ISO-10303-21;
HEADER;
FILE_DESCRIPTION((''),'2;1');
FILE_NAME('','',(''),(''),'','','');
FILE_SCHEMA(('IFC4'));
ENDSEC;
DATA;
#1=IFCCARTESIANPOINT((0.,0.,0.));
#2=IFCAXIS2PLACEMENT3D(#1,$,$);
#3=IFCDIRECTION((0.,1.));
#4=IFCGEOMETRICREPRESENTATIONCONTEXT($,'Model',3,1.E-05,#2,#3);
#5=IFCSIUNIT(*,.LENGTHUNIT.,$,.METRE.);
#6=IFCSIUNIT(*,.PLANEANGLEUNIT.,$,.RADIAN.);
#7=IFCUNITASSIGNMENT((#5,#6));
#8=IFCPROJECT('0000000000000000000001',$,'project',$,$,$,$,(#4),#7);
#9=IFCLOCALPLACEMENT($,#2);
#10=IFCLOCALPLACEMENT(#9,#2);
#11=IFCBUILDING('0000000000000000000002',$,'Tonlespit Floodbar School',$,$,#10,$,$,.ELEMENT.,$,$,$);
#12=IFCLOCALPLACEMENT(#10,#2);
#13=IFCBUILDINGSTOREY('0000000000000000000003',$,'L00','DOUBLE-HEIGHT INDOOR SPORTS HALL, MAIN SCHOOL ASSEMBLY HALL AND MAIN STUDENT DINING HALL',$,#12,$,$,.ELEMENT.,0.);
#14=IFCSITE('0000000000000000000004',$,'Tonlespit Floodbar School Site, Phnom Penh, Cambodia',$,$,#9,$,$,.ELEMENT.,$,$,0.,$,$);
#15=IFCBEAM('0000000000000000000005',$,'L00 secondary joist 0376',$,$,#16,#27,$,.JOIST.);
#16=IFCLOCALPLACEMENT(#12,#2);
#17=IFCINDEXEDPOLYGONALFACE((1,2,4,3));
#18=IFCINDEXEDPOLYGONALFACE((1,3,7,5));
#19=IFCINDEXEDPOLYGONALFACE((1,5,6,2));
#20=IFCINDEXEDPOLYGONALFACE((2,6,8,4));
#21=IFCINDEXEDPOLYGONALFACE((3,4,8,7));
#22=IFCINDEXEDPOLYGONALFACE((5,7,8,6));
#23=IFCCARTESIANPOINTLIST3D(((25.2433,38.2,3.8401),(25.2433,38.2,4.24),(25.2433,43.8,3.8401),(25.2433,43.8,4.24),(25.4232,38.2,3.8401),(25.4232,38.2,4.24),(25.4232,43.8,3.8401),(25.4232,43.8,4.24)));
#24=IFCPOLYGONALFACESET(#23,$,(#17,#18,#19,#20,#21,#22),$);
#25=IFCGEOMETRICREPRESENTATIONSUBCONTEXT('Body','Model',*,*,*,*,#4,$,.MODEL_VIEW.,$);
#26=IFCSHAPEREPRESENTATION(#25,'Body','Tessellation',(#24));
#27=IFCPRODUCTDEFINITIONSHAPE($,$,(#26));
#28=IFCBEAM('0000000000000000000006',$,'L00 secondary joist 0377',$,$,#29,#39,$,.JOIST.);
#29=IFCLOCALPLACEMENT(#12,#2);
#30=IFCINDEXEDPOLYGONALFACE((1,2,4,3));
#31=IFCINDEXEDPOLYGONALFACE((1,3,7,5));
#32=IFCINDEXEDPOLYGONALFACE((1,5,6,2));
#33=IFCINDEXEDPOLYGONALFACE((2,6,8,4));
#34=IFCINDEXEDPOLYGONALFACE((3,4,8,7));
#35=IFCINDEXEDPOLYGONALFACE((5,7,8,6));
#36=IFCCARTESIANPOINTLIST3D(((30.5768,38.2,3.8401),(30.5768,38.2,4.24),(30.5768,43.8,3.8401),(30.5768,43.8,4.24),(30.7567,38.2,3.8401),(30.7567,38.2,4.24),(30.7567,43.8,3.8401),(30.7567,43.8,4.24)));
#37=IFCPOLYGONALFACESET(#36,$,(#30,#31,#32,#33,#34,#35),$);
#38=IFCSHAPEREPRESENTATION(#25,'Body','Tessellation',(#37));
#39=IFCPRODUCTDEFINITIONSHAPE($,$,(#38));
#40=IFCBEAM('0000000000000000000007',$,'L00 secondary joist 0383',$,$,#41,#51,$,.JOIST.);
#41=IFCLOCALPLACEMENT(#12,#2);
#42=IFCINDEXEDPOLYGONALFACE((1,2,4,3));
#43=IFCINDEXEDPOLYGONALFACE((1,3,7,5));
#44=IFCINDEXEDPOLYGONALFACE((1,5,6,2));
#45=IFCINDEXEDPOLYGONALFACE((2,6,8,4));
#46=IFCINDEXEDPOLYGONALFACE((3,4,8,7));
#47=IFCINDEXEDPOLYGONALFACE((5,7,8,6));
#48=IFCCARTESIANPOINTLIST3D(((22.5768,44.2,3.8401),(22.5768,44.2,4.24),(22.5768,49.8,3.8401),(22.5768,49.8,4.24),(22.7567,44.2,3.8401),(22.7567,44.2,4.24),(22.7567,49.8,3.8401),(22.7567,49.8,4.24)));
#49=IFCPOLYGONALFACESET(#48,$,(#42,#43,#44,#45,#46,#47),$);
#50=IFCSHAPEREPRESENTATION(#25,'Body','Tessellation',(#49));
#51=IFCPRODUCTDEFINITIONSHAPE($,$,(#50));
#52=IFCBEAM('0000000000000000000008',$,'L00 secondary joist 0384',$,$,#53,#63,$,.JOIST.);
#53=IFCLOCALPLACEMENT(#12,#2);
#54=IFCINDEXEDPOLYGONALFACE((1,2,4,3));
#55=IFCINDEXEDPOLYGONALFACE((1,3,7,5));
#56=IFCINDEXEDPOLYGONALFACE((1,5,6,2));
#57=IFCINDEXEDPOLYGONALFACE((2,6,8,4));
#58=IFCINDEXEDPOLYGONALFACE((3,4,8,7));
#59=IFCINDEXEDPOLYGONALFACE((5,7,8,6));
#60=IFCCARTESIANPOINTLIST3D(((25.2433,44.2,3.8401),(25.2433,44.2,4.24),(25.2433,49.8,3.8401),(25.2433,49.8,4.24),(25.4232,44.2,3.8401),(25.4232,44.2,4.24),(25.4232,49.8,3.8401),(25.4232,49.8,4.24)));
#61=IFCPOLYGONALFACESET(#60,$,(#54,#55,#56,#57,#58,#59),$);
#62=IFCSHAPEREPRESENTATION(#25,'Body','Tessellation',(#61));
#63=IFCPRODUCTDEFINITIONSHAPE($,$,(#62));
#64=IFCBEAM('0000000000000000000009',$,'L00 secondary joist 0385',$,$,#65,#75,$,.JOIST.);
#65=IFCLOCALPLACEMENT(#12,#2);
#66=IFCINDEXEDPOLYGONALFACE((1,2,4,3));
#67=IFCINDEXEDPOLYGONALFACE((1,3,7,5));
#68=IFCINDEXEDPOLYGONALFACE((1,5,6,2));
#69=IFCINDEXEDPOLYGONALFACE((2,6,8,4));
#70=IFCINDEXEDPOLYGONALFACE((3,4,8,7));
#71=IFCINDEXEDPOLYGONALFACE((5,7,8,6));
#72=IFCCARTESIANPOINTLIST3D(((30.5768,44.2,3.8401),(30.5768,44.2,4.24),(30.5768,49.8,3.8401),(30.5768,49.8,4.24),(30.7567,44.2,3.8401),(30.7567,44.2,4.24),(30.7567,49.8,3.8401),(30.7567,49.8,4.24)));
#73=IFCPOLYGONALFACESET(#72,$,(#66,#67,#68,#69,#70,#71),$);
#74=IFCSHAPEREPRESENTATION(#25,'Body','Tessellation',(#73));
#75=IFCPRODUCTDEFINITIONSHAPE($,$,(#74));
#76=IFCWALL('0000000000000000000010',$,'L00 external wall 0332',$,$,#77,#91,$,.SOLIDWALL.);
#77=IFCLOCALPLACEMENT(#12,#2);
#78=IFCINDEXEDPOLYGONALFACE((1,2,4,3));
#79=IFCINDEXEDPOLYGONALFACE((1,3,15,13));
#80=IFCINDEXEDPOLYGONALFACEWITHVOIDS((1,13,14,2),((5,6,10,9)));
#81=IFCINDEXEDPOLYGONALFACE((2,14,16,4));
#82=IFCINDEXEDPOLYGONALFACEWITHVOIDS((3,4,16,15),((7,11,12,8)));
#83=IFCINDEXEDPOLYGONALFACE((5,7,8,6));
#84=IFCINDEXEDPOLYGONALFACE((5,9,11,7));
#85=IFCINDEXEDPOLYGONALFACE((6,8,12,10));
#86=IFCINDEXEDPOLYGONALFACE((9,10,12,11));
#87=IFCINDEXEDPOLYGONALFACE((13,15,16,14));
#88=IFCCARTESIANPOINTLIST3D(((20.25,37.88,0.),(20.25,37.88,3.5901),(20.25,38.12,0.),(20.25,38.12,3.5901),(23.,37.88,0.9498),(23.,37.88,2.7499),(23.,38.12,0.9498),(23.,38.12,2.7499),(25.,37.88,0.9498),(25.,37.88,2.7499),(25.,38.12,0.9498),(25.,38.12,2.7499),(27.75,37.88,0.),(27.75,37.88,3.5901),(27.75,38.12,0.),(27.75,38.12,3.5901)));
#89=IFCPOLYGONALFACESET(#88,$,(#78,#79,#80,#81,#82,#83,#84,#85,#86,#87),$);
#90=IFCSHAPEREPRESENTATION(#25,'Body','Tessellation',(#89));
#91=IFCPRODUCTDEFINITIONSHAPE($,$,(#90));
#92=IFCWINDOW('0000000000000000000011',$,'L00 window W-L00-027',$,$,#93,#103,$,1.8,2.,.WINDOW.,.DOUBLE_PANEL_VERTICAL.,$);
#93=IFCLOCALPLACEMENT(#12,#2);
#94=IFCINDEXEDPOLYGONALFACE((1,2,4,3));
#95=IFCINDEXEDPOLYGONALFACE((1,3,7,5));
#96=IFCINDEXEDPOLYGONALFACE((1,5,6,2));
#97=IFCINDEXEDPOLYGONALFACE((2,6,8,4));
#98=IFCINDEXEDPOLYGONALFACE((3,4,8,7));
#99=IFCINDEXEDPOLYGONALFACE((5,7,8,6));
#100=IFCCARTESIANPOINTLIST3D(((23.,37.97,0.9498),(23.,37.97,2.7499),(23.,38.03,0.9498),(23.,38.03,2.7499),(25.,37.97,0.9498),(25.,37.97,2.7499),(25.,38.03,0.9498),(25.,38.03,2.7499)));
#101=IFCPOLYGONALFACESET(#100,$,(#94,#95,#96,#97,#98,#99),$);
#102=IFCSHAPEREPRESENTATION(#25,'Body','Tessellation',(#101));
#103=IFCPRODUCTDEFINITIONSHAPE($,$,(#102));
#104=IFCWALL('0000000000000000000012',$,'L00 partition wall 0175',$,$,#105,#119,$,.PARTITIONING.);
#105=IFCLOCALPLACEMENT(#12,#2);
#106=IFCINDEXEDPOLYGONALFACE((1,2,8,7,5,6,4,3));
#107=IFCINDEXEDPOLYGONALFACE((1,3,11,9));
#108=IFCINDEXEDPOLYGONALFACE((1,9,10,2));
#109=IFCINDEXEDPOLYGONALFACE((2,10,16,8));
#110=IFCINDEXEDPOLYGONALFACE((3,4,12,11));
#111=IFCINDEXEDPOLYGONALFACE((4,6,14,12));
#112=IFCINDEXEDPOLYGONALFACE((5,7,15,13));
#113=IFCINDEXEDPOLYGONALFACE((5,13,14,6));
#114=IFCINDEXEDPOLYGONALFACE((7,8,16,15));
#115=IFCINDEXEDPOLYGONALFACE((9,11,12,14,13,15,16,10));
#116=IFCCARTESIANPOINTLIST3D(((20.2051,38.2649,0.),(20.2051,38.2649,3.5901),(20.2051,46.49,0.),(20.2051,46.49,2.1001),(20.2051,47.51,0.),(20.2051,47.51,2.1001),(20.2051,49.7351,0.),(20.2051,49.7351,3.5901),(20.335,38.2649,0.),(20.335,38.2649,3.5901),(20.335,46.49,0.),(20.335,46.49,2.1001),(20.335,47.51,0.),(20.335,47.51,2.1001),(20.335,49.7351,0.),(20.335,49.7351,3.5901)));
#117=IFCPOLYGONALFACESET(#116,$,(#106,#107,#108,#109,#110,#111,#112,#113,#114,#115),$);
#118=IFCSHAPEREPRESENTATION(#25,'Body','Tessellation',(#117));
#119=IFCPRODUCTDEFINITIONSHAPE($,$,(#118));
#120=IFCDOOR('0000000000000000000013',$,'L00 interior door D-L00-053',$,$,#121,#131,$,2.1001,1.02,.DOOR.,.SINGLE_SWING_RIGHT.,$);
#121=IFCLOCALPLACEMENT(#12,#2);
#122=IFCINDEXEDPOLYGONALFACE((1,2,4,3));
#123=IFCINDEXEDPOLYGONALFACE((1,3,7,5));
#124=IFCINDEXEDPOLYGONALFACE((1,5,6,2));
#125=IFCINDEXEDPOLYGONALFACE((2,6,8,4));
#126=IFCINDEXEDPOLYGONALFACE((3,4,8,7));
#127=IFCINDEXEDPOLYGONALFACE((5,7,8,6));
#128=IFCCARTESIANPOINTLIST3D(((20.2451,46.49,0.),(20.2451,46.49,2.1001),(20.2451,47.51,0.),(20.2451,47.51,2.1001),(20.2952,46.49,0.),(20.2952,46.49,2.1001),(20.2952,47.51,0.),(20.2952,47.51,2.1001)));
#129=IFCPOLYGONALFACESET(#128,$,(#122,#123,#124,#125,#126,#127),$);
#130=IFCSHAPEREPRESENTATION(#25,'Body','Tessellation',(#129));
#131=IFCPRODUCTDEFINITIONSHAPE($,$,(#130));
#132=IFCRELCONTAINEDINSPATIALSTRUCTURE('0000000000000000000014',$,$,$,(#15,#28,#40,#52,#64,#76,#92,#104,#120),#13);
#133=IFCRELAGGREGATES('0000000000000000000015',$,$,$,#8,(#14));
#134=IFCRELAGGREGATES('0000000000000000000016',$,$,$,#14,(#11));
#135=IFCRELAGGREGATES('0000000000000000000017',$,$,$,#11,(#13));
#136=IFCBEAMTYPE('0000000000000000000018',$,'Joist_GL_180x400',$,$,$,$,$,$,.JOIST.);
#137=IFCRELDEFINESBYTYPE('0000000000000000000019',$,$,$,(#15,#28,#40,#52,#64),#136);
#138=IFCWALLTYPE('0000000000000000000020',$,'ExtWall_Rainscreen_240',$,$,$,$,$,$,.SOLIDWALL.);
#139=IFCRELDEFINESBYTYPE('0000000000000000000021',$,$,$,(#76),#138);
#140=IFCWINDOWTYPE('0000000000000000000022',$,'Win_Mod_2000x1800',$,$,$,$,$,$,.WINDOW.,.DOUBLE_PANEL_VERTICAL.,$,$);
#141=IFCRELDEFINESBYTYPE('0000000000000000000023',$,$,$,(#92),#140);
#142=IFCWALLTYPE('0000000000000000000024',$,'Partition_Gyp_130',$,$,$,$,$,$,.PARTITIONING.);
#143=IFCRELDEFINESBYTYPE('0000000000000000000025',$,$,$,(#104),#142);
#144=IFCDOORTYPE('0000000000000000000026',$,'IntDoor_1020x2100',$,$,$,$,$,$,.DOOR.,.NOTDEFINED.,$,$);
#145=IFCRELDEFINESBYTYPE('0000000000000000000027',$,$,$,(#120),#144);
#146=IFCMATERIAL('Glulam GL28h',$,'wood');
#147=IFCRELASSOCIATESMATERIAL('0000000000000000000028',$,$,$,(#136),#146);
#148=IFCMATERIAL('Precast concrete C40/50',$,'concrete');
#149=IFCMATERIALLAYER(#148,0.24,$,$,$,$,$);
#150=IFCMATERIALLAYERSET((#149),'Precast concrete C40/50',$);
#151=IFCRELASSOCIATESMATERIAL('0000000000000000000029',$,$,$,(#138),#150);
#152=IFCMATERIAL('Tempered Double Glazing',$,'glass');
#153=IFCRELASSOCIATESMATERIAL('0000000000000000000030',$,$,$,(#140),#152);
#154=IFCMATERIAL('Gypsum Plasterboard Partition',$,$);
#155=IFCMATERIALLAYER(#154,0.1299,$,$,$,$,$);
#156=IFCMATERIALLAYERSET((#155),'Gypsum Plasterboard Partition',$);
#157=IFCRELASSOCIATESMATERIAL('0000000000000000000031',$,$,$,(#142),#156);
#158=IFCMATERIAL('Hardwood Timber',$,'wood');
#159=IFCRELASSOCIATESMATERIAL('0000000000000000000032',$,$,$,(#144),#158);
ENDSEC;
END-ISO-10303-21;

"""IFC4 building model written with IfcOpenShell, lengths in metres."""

from ifc_helpers import new_model, si_unit, direction, frame, frame_2d, origin, origin_2d, place, context, subcontext, project, spatial, rectangle, extrude, material, layer, layer_set, material_profile, profile_set, type_object, element, fill, save


model = new_model("IFC4")

# Units and contexts
model_context = context("Model", 3, precision=1e-05, world=origin(), true_north=direction((0.0, 1.0)))
body_context = subcontext(model_context, "Body", "Model", "MODEL_VIEW")
ifc_project = project(units=[si_unit("LENGTHUNIT", "METRE"), si_unit("PLANEANGLEUNIT", "RADIAN")], contexts=[model_context])

# Site, building, storey
site_placement = place(None, origin())
site = spatial("IfcSite", under=ifc_project, at=site_placement, Name="Tonlespit Floodbar School Site, Phnom Penh, Cambodia", CompositionType="ELEMENT", RefElevation=0.0)
building_placement = place(site_placement, origin())
building = spatial("IfcBuilding", under=site, at=building_placement, Name="Tonlespit Floodbar School", CompositionType="ELEMENT")
storey_placement = place(building_placement, origin())
storey = spatial("IfcBuildingStorey", under=building, at=storey_placement, Name="L00", Description="DOUBLE-HEIGHT INDOOR SPORTS HALL, MAIN SCHOOL ASSEMBLY HALL AND MAIN STUDENT DINING HALL", CompositionType="ELEMENT", Elevation=0.0)

# Beams
ifc_material_1 = material(Name="Glulam GL28h", Category="wood")
ifc_material_profile_1 = material_profile(ifc_material_1, rectangle(XDim=0.1799, YDim=0.3999, at=origin_2d()), Name="GL 180x400")
ifc_profile_set_1 = profile_set([ifc_material_profile_1], Name="Glulam GL28h")
beam_type_1 = type_object("IfcBeamType", Name="Joist_GL_180x400", PredefinedType="JOIST", material=ifc_profile_set_1)
for number, where, z_axis, x_axis, name in (
    (1, (25.3333, 38.2, 4.04), (0.0, 1.0, 0.0), (-1.0, 0.0, 0.0), "L00 secondary joist 0376"),
    (2, (30.6667, 38.2, 4.04), (0.0, 1.0, 0.0), (-1.0, 0.0, 0.0), "L00 secondary joist 0377"),
    (3, (22.6667, 44.2, 4.04), (0.0, 1.0, 0.0), (-1.0, 0.0, 0.0), "L00 secondary joist 0383"),
    (4, (25.3333, 44.2, 4.04), (0.0, 1.0, 0.0), (-1.0, 0.0, 0.0), "L00 secondary joist 0384"),
    (5, (30.6667, 44.2, 4.04), (0.0, 1.0, 0.0), (-1.0, 0.0, 0.0), "L00 secondary joist 0385"),
):
    element("IfcBeam", number, at=place(storey_placement, frame(where, z_axis=z_axis, x_axis=x_axis)), inside=storey, type_object=beam_type_1, Name=name, PredefinedType="JOIST", context=body_context, shape_type="SweptSolid", body=[
        extrude(rectangle(XDim=0.1799, YDim=0.3999, at=origin_2d()), origin(), (0.0, 0.0, 1.0), 5.6001),
    ])

# Wall, opening, window
ifc_material_2 = material(Name="Precast concrete C40/50", Category="concrete")
ifc_layer_1 = layer(ifc_material_2, 0.24)
ifc_layer_set_1 = layer_set([ifc_layer_1], Name="Precast concrete C40/50")
wall_type_1 = type_object("IfcWallType", Name="ExtWall_Rainscreen_240", PredefinedType="SOLIDWALL", material=ifc_layer_set_1)
wall_1_placement = place(storey_placement, frame((27.75, 38.0, 0.0), z_axis=(0.0, 0.0, 1.0), x_axis=(-1.0, 0.0, 0.0)))
wall_1 = element("IfcWall", 6, at=wall_1_placement, inside=storey, type_object=wall_type_1, Name="L00 external wall 0332", PredefinedType="SOLIDWALL", context=body_context, shape_type="SweptSolid", body=[
    extrude(rectangle(XDim=7.5, YDim=0.24, at=frame_2d((3.75, 0.0))), origin(), (0.0, 0.0, 1.0), 3.5901),
])
opening_1_placement = place(wall_1_placement, frame((2.75, 0.0, 0.95)))
opening_1 = element("IfcOpeningElement", 7, at=opening_1_placement, cuts=wall_1, PredefinedType="OPENING", context=body_context, shape_type="SweptSolid", body=[
    extrude(rectangle(XDim=2.0, YDim=1.8, at=frame_2d((1.0, 0.8999))), frame((0.0, 0.1299, 0.0), z_axis=(0.0, -1.0, 0.0), x_axis=(1.0, 0.0, 0.0)), (0.0, 0.0, 1.0), 0.26),
])
ifc_material_3 = material(Name="Tempered Double Glazing", Category="glass")
window_type = type_object("IfcWindowType", Name="Win_Mod_2000x1800", PartitioningType="DOUBLE_PANEL_VERTICAL", PredefinedType="WINDOW", material=ifc_material_3)
window_placement = place(opening_1_placement, origin())
window = element("IfcWindow", 8, at=window_placement, inside=storey, type_object=window_type, Name="L00 window W-L00-027", OverallHeight=1.8, OverallWidth=2.0, PartitioningType="DOUBLE_PANEL_VERTICAL", PredefinedType="WINDOW", context=body_context, shape_type="SweptSolid", body=[
    extrude(rectangle(XDim=2.0, YDim=1.8, at=frame_2d((1.0, 0.8999))), frame((0.0, 0.03, 0.0), z_axis=(0.0, -1.0, 0.0), x_axis=(1.0, 0.0, 0.0)), (0.0, 0.0, 1.0), 0.0601),
])
fill(opening_1, window)

# Wall, opening, door
ifc_material_4 = material(Name="Gypsum Plasterboard Partition")
ifc_layer_2 = layer(ifc_material_4, 0.1299)
ifc_layer_set_2 = layer_set([ifc_layer_2], Name="Gypsum Plasterboard Partition")
wall_type_2 = type_object("IfcWallType", Name="Partition_Gyp_130", PredefinedType="PARTITIONING", material=ifc_layer_set_2)
wall_2_placement = place(storey_placement, frame((20.27, 38.2649, 0.0), z_axis=(0.0, 0.0, 1.0), x_axis=(0.0, 1.0, 0.0)))
wall_2 = element("IfcWall", 9, at=wall_2_placement, inside=storey, type_object=wall_type_2, Name="L00 partition wall 0175", PredefinedType="PARTITIONING", context=body_context, shape_type="SweptSolid", body=[
    extrude(rectangle(XDim=11.4702, YDim=0.1299, at=frame_2d((5.7351, 0.0))), origin(), (0.0, 0.0, 1.0), 3.5901),
])
opening_2_placement = place(wall_2_placement, frame((8.2251, 0.0, 0.0)))
opening_2 = element("IfcOpeningElement", 10, at=opening_2_placement, cuts=wall_2, PredefinedType="OPENING", context=body_context, shape_type="SweptSolid", body=[
    extrude(rectangle(XDim=1.02, YDim=2.1001, at=frame_2d((0.51, 1.05))), frame((0.0, 0.075, 0.0), z_axis=(0.0, -1.0, 0.0), x_axis=(1.0, 0.0, 0.0)), (0.0, 0.0, 1.0), 0.1499),
])
ifc_material_5 = material(Name="Hardwood Timber", Category="wood")
door_type = type_object("IfcDoorType", Name="IntDoor_1020x2100", OperationType="NOTDEFINED", PredefinedType="DOOR", material=ifc_material_5)
door_placement = place(opening_2_placement, origin())
door = element("IfcDoor", 11, at=door_placement, inside=storey, type_object=door_type, Name="L00 interior door D-L00-053", OperationType="SINGLE_SWING_RIGHT", OverallHeight=2.1001, OverallWidth=1.02, PredefinedType="DOOR", context=body_context, shape_type="SweptSolid", body=[
    extrude(rectangle(XDim=1.02, YDim=2.1001, at=frame_2d((0.51, 1.05))), frame((0.0, 0.0249, 0.0), z_axis=(0.0, -1.0, 0.0), x_axis=(1.0, 0.0, 0.0)), (0.0, 0.0, 1.0), 0.05),
])
fill(opening_2, door)

save(model, "model.ifc")
